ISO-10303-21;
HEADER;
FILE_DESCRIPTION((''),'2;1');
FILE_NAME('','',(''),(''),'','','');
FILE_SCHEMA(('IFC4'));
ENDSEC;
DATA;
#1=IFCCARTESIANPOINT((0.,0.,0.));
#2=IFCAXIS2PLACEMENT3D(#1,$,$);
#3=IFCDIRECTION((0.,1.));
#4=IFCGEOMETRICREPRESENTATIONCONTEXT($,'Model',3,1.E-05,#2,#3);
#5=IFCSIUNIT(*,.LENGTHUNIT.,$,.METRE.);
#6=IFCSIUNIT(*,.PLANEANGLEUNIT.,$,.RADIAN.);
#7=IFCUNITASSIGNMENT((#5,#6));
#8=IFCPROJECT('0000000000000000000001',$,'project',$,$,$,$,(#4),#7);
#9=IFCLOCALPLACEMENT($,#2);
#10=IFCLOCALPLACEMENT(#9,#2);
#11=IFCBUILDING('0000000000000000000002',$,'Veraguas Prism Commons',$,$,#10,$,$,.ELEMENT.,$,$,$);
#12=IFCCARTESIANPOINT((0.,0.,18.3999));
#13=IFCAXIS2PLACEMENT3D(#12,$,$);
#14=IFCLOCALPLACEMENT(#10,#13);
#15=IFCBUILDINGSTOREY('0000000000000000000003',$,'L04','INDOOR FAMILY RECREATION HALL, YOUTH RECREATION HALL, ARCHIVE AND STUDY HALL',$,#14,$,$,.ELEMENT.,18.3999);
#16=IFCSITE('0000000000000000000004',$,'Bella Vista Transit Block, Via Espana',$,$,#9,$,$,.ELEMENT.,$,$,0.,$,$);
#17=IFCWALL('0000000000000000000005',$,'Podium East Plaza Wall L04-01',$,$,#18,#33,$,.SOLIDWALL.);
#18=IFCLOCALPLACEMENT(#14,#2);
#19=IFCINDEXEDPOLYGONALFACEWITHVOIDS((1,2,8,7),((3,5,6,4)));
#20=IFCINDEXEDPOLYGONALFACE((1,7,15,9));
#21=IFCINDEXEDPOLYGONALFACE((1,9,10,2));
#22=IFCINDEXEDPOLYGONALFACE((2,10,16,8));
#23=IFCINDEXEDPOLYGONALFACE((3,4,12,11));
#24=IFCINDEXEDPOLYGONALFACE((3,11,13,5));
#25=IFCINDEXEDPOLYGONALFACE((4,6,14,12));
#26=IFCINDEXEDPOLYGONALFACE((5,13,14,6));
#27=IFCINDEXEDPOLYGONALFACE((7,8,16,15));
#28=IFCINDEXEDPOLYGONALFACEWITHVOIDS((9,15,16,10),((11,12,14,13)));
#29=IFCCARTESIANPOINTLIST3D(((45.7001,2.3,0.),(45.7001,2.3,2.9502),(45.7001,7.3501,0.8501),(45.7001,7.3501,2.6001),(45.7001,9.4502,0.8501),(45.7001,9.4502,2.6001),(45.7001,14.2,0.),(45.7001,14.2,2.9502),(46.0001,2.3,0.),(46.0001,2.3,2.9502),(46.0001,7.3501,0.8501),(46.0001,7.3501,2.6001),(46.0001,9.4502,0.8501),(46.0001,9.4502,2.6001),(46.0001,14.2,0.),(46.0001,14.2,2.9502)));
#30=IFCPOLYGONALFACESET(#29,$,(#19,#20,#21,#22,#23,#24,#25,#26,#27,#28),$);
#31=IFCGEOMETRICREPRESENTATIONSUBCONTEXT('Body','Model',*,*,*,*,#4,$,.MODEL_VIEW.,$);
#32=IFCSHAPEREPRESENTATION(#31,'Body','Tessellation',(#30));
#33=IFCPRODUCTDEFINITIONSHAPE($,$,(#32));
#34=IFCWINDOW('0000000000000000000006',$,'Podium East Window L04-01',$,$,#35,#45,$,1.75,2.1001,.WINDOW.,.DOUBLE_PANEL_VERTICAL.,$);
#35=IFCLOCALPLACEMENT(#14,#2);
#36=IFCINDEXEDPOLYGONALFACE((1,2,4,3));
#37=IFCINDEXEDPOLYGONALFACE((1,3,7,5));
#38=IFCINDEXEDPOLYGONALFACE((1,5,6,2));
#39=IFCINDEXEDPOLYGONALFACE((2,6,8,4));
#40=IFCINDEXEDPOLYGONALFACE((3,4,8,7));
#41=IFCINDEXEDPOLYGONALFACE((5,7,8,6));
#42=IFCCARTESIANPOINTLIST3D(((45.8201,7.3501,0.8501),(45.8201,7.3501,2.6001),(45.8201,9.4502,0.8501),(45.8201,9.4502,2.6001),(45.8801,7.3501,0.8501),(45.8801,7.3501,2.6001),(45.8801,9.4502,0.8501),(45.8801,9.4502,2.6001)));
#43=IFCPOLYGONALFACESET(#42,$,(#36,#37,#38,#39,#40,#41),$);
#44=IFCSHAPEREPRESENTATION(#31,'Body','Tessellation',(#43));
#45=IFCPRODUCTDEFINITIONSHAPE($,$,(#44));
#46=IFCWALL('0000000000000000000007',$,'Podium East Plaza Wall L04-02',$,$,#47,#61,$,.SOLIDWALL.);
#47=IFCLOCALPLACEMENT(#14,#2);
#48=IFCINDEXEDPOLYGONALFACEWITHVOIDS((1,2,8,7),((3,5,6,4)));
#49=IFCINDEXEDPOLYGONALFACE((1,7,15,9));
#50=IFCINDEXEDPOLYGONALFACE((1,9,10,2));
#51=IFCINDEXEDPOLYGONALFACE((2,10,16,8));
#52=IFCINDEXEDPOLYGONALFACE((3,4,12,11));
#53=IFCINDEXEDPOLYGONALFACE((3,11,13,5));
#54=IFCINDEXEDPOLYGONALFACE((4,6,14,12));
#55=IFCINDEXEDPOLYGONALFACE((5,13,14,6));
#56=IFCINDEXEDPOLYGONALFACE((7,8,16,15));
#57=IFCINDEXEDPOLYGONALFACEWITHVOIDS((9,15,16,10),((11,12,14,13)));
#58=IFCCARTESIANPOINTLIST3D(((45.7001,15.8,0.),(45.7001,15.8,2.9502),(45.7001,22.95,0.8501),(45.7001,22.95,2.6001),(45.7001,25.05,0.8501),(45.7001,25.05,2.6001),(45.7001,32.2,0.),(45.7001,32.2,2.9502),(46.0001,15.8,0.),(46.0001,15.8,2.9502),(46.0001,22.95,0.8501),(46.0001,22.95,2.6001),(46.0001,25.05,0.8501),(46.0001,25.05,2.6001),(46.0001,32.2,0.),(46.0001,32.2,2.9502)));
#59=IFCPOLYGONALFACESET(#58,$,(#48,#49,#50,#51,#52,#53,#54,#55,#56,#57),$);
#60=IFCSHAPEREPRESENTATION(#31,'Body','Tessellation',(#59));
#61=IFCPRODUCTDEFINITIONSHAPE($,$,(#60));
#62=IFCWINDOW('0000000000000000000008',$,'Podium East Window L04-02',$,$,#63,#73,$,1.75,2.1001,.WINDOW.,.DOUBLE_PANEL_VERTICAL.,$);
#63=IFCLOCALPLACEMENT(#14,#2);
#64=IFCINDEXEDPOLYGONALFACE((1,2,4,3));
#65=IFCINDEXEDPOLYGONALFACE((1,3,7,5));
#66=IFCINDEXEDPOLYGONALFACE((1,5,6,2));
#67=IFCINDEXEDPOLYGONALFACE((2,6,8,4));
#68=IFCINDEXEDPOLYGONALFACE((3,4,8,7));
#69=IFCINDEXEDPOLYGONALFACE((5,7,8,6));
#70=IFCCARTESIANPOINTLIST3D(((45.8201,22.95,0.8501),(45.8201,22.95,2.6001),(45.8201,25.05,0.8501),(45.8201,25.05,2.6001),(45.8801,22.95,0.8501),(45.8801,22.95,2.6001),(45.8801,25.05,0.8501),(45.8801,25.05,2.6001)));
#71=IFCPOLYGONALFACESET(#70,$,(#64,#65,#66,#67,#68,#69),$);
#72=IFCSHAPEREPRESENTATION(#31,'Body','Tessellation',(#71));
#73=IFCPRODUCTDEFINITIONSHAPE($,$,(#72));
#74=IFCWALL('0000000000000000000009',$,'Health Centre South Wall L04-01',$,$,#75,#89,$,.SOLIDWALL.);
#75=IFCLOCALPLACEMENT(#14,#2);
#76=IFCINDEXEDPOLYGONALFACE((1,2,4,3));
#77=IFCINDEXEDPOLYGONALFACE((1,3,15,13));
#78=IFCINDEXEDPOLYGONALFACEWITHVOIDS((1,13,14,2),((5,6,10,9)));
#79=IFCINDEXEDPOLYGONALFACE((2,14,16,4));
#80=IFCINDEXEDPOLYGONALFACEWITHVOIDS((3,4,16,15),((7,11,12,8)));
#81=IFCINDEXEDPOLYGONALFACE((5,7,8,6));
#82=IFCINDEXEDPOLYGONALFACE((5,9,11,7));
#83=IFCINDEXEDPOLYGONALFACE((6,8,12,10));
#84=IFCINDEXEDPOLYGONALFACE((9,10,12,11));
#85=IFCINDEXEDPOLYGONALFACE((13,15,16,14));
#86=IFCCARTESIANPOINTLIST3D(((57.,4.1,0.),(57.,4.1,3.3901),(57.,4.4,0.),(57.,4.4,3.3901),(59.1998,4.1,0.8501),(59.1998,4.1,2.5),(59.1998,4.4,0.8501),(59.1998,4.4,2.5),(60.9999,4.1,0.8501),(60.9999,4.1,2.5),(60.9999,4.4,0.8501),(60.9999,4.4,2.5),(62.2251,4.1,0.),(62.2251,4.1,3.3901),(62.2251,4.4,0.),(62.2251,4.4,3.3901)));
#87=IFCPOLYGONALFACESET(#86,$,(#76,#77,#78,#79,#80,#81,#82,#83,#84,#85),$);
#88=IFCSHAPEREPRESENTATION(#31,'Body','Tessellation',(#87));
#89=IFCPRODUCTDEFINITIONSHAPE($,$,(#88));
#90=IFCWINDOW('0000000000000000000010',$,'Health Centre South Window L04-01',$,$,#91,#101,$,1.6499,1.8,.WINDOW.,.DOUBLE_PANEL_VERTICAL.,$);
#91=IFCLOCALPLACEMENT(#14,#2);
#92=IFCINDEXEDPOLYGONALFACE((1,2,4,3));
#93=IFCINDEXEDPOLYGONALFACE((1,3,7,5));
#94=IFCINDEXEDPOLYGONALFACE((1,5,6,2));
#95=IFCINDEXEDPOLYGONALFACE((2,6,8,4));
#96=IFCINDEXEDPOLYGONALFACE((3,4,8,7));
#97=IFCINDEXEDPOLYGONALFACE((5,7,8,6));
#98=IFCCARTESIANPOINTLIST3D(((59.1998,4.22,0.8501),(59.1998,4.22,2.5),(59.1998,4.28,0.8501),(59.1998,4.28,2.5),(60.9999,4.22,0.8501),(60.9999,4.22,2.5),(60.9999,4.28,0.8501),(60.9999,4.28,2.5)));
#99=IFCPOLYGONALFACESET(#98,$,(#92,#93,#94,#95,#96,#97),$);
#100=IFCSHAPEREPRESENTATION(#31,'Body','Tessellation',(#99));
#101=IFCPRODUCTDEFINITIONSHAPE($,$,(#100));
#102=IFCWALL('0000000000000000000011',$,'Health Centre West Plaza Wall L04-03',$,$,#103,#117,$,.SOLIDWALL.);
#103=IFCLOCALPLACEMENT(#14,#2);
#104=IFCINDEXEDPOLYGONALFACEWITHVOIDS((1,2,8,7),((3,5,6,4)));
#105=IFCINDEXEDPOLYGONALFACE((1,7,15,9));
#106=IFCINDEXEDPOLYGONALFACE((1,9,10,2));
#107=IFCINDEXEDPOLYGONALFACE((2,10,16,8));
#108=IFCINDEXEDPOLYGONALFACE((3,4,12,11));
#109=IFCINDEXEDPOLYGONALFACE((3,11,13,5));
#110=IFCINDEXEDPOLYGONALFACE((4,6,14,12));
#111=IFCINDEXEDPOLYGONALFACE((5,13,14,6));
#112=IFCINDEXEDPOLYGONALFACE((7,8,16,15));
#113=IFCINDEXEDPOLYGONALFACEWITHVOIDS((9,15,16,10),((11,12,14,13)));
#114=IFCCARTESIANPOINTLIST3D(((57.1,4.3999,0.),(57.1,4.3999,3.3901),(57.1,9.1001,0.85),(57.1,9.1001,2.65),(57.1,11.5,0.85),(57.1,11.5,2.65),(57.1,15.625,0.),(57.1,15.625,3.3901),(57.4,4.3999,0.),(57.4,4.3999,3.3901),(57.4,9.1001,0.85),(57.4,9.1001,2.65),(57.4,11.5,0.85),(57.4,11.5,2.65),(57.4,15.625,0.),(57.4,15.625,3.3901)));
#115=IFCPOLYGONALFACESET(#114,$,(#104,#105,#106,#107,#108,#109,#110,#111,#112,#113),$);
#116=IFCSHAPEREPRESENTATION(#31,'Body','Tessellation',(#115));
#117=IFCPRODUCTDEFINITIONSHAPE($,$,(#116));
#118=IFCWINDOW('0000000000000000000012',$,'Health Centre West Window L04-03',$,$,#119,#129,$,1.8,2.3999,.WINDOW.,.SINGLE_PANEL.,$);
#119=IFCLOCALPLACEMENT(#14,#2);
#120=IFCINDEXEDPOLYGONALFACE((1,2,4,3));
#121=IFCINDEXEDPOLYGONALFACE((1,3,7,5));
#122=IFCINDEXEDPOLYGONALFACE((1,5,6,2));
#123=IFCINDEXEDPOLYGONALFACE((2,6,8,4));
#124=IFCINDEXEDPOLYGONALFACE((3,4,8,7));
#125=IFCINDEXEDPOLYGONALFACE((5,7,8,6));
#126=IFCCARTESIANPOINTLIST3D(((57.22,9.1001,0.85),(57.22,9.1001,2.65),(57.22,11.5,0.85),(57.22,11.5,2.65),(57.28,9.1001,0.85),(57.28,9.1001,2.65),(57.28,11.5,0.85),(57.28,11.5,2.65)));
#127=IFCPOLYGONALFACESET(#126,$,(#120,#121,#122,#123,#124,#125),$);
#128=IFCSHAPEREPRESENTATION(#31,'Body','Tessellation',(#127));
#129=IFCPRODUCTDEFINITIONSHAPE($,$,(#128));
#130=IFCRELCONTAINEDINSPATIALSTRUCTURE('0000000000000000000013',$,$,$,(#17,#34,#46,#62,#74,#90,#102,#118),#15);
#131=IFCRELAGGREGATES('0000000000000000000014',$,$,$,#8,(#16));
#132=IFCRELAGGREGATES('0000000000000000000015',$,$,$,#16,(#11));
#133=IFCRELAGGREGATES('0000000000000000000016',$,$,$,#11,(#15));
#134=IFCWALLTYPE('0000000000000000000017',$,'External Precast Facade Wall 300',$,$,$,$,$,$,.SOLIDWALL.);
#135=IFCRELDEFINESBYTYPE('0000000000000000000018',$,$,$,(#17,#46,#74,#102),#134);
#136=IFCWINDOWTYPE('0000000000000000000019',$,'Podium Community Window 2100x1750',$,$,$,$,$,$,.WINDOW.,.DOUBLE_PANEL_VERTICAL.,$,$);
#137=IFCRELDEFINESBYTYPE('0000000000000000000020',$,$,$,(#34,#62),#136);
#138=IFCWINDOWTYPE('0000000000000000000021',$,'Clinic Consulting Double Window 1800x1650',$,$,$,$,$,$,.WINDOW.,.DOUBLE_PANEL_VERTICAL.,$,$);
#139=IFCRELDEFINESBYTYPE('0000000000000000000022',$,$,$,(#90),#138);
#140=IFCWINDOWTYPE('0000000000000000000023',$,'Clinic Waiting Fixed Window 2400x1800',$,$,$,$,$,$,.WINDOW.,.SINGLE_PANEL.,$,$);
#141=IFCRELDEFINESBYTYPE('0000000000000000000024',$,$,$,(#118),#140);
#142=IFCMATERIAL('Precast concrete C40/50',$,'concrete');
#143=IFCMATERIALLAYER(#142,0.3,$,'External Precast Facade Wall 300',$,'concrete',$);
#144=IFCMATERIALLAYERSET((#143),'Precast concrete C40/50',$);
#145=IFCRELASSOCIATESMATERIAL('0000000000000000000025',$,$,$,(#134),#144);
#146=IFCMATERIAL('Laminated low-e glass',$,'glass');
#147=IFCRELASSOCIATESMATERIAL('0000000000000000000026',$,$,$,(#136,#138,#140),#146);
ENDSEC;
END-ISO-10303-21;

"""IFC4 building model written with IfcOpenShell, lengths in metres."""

from ifc_helpers import new_model, si_unit, direction, frame, frame_2d, origin, place, context, subcontext, project, spatial, rectangle, extrude, source, transform, mapped, material, layer, layer_set, type_object, element, fill, save


model = new_model("IFC4")

# Units and contexts
model_context = context("Model", 3, precision=1e-05, world=origin(), true_north=direction((0.0, 1.0)))
body_context = subcontext(model_context, "Body", "Model", "MODEL_VIEW")
ifc_project = project(units=[si_unit("LENGTHUNIT", "METRE"), si_unit("PLANEANGLEUNIT", "RADIAN")], contexts=[model_context])

# Site, building, storey
site_placement = place(None, origin())
site = spatial("IfcSite", under=ifc_project, at=site_placement, Name="Bella Vista Transit Block, Via Espana", CompositionType="ELEMENT", RefElevation=0.0)
building_placement = place(site_placement, origin())
building = spatial("IfcBuilding", under=site, at=building_placement, Name="Veraguas Prism Commons", CompositionType="ELEMENT")
storey_placement = place(building_placement, frame((0.0, 0.0, 18.3999)))
storey = spatial("IfcBuildingStorey", under=building, at=storey_placement, Name="L04", Description="INDOOR FAMILY RECREATION HALL, YOUTH RECREATION HALL, ARCHIVE AND STUDY HALL", CompositionType="ELEMENT", Elevation=18.3999)

# Walls, openings, windows
ifc_material_1 = material(Name="Precast concrete C40/50", Category="concrete")
ifc_layer = layer(ifc_material_1, 0.3, Name="External Precast Facade Wall 300", Category="concrete")
ifc_layer_set = layer_set([ifc_layer], Name="Precast concrete C40/50")
wall_type = type_object("IfcWallType", Name="External Precast Facade Wall 300", PredefinedType="SOLIDWALL", material=ifc_layer_set)
wall_1_placement = place(storey_placement, frame((45.8501, 2.3, 0.0), z_axis=(0.0, 0.0, 1.0), x_axis=(0.0, 1.0, 0.0)))
wall_1 = element("IfcWall", 1, at=wall_1_placement, inside=storey, type_object=wall_type, Name="Podium East Plaza Wall L04-01", PredefinedType="SOLIDWALL", context=body_context, shape_type="SweptSolid", body=[
    extrude(rectangle(XDim=11.8999, YDim=0.3, at=frame_2d((5.95, 0.0))), origin(), (0.0, 0.0, 1.0), 2.9502),
])
opening_1_placement = place(wall_1_placement, frame((5.05, 0.0, 0.8501)))
opening_1 = element("IfcOpeningElement", 2, at=opening_1_placement, cuts=wall_1, PredefinedType="OPENING", context=body_context, shape_type="SweptSolid", body=[
    extrude(rectangle(XDim=2.1001, YDim=1.75, at=frame_2d((1.05, 0.875))), frame((0.0, 0.1599, 0.0), z_axis=(0.0, -1.0, 0.0), x_axis=(1.0, 0.0, 0.0)), (0.0, 0.0, 1.0), 0.3201),
])
ifc_material_2 = material(Name="Laminated low-e glass", Category="glass")
window_type_1 = type_object("IfcWindowType", Name="Podium Community Window 2100x1750", PartitioningType="DOUBLE_PANEL_VERTICAL", PredefinedType="WINDOW", material=ifc_material_2)
shared_shape_1 = source(origin(), body_context, "Body", "SweptSolid", [
    extrude(rectangle(XDim=2.1001, YDim=1.75, at=frame_2d((1.05, 0.875))), frame((0.0, 0.03, 0.0), z_axis=(0.0, -1.0, 0.0), x_axis=(1.0, 0.0, 0.0)), (0.0, 0.0, 1.0), 0.0601),
])
window_1_placement = place(opening_1_placement, origin())
window_1 = element("IfcWindow", 3, at=window_1_placement, inside=storey, type_object=window_type_1, Name="Podium East Window L04-01", OverallHeight=1.75, OverallWidth=2.1001, PartitioningType="DOUBLE_PANEL_VERTICAL", PredefinedType="WINDOW", context=body_context, shape_type="MappedRepresentation", body=[
    mapped(shared_shape_1, transform((0.0, 0.0, 0.0), scale=1.0)),
])
fill(opening_1, window_1)
wall_2_placement = place(storey_placement, frame((45.8501, 15.8, 0.0), z_axis=(0.0, 0.0, 1.0), x_axis=(0.0, 1.0, 0.0)))
wall_2 = element("IfcWall", 4, at=wall_2_placement, inside=storey, type_object=wall_type, Name="Podium East Plaza Wall L04-02", PredefinedType="SOLIDWALL", context=body_context, shape_type="SweptSolid", body=[
    extrude(rectangle(XDim=16.3999, YDim=0.3, at=frame_2d((8.2, 0.0))), origin(), (0.0, 0.0, 1.0), 2.9502),
])
opening_2_placement = place(wall_2_placement, frame((7.1499, 0.0, 0.8501)))
opening_2 = element("IfcOpeningElement", 5, at=opening_2_placement, cuts=wall_2, PredefinedType="OPENING", context=body_context, shape_type="SweptSolid", body=[
    extrude(rectangle(XDim=2.1001, YDim=1.75, at=frame_2d((1.05, 0.875))), frame((0.0, 0.1599, 0.0), z_axis=(0.0, -1.0, 0.0), x_axis=(1.0, 0.0, 0.0)), (0.0, 0.0, 1.0), 0.3201),
])
window_2_placement = place(opening_2_placement, origin())
window_2 = element("IfcWindow", 6, at=window_2_placement, inside=storey, type_object=window_type_1, Name="Podium East Window L04-02", OverallHeight=1.75, OverallWidth=2.1001, PartitioningType="DOUBLE_PANEL_VERTICAL", PredefinedType="WINDOW", context=body_context, shape_type="MappedRepresentation", body=[
    mapped(shared_shape_1, transform((0.0, 0.0, 0.0), scale=1.0)),
])
fill(opening_2, window_2)
wall_3_placement = place(storey_placement, frame((57.0, 4.25, 0.0), z_axis=(0.0, 0.0, 1.0), x_axis=(1.0, 0.0, 0.0)))
wall_3 = element("IfcWall", 7, at=wall_3_placement, inside=storey, type_object=wall_type, Name="Health Centre South Wall L04-01", PredefinedType="SOLIDWALL", context=body_context, shape_type="SweptSolid", body=[
    extrude(rectangle(XDim=5.2251, YDim=0.3, at=frame_2d((2.6125, 0.0))), origin(), (0.0, 0.0, 1.0), 3.3901),
])
opening_3_placement = place(wall_3_placement, frame((2.2, 0.0, 0.8501)))
opening_3 = element("IfcOpeningElement", 8, at=opening_3_placement, cuts=wall_3, PredefinedType="OPENING", context=body_context, shape_type="SweptSolid", body=[
    extrude(rectangle(XDim=1.8, YDim=1.6499, at=frame_2d((0.8999, 0.825))), frame((0.0, 0.1599, 0.0), z_axis=(0.0, -1.0, 0.0), x_axis=(1.0, 0.0, 0.0)), (0.0, 0.0, 1.0), 0.3201),
])
window_type_2 = type_object("IfcWindowType", Name="Clinic Consulting Double Window 1800x1650", PartitioningType="DOUBLE_PANEL_VERTICAL", PredefinedType="WINDOW", material=ifc_material_2)
shared_shape_2 = source(origin(), body_context, "Body", "SweptSolid", [
    extrude(rectangle(XDim=1.8, YDim=1.6499, at=frame_2d((0.8999, 0.825))), frame((0.0, 0.03, 0.0), z_axis=(0.0, -1.0, 0.0), x_axis=(1.0, 0.0, 0.0)), (0.0, 0.0, 1.0), 0.0601),
])
window_3_placement = place(opening_3_placement, origin())
window_3 = element("IfcWindow", 9, at=window_3_placement, inside=storey, type_object=window_type_2, Name="Health Centre South Window L04-01", OverallHeight=1.6499, OverallWidth=1.8, PartitioningType="DOUBLE_PANEL_VERTICAL", PredefinedType="WINDOW", context=body_context, shape_type="MappedRepresentation", body=[
    mapped(shared_shape_2, transform((0.0, 0.0, 0.0), scale=1.0)),
])
fill(opening_3, window_3)
wall_4_placement = place(storey_placement, frame((57.25, 15.625, 0.0), z_axis=(0.0, 0.0, 1.0), x_axis=(0.0, -1.0, 0.0)))
wall_4 = element("IfcWall", 10, at=wall_4_placement, inside=storey, type_object=wall_type, Name="Health Centre West Plaza Wall L04-03", PredefinedType="SOLIDWALL", context=body_context, shape_type="SweptSolid", body=[
    extrude(rectangle(XDim=11.2251, YDim=0.3, at=frame_2d((5.6125, 0.0))), origin(), (0.0, 0.0, 1.0), 3.3901),
])
opening_4_placement = place(wall_4_placement, frame((4.125, 0.0, 0.8501)))
opening_4 = element("IfcOpeningElement", 11, at=opening_4_placement, cuts=wall_4, PredefinedType="OPENING", context=body_context, shape_type="SweptSolid", body=[
    extrude(rectangle(XDim=2.3999, YDim=1.8, at=frame_2d((1.2, 0.8999))), frame((0.0, 0.1599, 0.0), z_axis=(0.0, -1.0, 0.0), x_axis=(1.0, 0.0, 0.0)), (0.0, 0.0, 1.0), 0.3201),
])
window_type_3 = type_object("IfcWindowType", Name="Clinic Waiting Fixed Window 2400x1800", PartitioningType="SINGLE_PANEL", PredefinedType="WINDOW", material=ifc_material_2)
shared_shape_3 = source(origin(), body_context, "Body", "SweptSolid", [
    extrude(rectangle(XDim=2.3999, YDim=1.8, at=frame_2d((1.2, 0.8999))), frame((0.0, 0.03, 0.0), z_axis=(0.0, -1.0, 0.0), x_axis=(1.0, 0.0, 0.0)), (0.0, 0.0, 1.0), 0.0601),
])
window_4_placement = place(opening_4_placement, origin())
window_4 = element("IfcWindow", 12, at=window_4_placement, inside=storey, type_object=window_type_3, Name="Health Centre West Window L04-03", OverallHeight=1.8, OverallWidth=2.3999, PartitioningType="SINGLE_PANEL", PredefinedType="WINDOW", context=body_context, shape_type="MappedRepresentation", body=[
    mapped(shared_shape_3, transform((0.0, 0.0, 0.0), scale=1.0)),
])
fill(opening_4, window_4)

save(model, "model.ifc")
